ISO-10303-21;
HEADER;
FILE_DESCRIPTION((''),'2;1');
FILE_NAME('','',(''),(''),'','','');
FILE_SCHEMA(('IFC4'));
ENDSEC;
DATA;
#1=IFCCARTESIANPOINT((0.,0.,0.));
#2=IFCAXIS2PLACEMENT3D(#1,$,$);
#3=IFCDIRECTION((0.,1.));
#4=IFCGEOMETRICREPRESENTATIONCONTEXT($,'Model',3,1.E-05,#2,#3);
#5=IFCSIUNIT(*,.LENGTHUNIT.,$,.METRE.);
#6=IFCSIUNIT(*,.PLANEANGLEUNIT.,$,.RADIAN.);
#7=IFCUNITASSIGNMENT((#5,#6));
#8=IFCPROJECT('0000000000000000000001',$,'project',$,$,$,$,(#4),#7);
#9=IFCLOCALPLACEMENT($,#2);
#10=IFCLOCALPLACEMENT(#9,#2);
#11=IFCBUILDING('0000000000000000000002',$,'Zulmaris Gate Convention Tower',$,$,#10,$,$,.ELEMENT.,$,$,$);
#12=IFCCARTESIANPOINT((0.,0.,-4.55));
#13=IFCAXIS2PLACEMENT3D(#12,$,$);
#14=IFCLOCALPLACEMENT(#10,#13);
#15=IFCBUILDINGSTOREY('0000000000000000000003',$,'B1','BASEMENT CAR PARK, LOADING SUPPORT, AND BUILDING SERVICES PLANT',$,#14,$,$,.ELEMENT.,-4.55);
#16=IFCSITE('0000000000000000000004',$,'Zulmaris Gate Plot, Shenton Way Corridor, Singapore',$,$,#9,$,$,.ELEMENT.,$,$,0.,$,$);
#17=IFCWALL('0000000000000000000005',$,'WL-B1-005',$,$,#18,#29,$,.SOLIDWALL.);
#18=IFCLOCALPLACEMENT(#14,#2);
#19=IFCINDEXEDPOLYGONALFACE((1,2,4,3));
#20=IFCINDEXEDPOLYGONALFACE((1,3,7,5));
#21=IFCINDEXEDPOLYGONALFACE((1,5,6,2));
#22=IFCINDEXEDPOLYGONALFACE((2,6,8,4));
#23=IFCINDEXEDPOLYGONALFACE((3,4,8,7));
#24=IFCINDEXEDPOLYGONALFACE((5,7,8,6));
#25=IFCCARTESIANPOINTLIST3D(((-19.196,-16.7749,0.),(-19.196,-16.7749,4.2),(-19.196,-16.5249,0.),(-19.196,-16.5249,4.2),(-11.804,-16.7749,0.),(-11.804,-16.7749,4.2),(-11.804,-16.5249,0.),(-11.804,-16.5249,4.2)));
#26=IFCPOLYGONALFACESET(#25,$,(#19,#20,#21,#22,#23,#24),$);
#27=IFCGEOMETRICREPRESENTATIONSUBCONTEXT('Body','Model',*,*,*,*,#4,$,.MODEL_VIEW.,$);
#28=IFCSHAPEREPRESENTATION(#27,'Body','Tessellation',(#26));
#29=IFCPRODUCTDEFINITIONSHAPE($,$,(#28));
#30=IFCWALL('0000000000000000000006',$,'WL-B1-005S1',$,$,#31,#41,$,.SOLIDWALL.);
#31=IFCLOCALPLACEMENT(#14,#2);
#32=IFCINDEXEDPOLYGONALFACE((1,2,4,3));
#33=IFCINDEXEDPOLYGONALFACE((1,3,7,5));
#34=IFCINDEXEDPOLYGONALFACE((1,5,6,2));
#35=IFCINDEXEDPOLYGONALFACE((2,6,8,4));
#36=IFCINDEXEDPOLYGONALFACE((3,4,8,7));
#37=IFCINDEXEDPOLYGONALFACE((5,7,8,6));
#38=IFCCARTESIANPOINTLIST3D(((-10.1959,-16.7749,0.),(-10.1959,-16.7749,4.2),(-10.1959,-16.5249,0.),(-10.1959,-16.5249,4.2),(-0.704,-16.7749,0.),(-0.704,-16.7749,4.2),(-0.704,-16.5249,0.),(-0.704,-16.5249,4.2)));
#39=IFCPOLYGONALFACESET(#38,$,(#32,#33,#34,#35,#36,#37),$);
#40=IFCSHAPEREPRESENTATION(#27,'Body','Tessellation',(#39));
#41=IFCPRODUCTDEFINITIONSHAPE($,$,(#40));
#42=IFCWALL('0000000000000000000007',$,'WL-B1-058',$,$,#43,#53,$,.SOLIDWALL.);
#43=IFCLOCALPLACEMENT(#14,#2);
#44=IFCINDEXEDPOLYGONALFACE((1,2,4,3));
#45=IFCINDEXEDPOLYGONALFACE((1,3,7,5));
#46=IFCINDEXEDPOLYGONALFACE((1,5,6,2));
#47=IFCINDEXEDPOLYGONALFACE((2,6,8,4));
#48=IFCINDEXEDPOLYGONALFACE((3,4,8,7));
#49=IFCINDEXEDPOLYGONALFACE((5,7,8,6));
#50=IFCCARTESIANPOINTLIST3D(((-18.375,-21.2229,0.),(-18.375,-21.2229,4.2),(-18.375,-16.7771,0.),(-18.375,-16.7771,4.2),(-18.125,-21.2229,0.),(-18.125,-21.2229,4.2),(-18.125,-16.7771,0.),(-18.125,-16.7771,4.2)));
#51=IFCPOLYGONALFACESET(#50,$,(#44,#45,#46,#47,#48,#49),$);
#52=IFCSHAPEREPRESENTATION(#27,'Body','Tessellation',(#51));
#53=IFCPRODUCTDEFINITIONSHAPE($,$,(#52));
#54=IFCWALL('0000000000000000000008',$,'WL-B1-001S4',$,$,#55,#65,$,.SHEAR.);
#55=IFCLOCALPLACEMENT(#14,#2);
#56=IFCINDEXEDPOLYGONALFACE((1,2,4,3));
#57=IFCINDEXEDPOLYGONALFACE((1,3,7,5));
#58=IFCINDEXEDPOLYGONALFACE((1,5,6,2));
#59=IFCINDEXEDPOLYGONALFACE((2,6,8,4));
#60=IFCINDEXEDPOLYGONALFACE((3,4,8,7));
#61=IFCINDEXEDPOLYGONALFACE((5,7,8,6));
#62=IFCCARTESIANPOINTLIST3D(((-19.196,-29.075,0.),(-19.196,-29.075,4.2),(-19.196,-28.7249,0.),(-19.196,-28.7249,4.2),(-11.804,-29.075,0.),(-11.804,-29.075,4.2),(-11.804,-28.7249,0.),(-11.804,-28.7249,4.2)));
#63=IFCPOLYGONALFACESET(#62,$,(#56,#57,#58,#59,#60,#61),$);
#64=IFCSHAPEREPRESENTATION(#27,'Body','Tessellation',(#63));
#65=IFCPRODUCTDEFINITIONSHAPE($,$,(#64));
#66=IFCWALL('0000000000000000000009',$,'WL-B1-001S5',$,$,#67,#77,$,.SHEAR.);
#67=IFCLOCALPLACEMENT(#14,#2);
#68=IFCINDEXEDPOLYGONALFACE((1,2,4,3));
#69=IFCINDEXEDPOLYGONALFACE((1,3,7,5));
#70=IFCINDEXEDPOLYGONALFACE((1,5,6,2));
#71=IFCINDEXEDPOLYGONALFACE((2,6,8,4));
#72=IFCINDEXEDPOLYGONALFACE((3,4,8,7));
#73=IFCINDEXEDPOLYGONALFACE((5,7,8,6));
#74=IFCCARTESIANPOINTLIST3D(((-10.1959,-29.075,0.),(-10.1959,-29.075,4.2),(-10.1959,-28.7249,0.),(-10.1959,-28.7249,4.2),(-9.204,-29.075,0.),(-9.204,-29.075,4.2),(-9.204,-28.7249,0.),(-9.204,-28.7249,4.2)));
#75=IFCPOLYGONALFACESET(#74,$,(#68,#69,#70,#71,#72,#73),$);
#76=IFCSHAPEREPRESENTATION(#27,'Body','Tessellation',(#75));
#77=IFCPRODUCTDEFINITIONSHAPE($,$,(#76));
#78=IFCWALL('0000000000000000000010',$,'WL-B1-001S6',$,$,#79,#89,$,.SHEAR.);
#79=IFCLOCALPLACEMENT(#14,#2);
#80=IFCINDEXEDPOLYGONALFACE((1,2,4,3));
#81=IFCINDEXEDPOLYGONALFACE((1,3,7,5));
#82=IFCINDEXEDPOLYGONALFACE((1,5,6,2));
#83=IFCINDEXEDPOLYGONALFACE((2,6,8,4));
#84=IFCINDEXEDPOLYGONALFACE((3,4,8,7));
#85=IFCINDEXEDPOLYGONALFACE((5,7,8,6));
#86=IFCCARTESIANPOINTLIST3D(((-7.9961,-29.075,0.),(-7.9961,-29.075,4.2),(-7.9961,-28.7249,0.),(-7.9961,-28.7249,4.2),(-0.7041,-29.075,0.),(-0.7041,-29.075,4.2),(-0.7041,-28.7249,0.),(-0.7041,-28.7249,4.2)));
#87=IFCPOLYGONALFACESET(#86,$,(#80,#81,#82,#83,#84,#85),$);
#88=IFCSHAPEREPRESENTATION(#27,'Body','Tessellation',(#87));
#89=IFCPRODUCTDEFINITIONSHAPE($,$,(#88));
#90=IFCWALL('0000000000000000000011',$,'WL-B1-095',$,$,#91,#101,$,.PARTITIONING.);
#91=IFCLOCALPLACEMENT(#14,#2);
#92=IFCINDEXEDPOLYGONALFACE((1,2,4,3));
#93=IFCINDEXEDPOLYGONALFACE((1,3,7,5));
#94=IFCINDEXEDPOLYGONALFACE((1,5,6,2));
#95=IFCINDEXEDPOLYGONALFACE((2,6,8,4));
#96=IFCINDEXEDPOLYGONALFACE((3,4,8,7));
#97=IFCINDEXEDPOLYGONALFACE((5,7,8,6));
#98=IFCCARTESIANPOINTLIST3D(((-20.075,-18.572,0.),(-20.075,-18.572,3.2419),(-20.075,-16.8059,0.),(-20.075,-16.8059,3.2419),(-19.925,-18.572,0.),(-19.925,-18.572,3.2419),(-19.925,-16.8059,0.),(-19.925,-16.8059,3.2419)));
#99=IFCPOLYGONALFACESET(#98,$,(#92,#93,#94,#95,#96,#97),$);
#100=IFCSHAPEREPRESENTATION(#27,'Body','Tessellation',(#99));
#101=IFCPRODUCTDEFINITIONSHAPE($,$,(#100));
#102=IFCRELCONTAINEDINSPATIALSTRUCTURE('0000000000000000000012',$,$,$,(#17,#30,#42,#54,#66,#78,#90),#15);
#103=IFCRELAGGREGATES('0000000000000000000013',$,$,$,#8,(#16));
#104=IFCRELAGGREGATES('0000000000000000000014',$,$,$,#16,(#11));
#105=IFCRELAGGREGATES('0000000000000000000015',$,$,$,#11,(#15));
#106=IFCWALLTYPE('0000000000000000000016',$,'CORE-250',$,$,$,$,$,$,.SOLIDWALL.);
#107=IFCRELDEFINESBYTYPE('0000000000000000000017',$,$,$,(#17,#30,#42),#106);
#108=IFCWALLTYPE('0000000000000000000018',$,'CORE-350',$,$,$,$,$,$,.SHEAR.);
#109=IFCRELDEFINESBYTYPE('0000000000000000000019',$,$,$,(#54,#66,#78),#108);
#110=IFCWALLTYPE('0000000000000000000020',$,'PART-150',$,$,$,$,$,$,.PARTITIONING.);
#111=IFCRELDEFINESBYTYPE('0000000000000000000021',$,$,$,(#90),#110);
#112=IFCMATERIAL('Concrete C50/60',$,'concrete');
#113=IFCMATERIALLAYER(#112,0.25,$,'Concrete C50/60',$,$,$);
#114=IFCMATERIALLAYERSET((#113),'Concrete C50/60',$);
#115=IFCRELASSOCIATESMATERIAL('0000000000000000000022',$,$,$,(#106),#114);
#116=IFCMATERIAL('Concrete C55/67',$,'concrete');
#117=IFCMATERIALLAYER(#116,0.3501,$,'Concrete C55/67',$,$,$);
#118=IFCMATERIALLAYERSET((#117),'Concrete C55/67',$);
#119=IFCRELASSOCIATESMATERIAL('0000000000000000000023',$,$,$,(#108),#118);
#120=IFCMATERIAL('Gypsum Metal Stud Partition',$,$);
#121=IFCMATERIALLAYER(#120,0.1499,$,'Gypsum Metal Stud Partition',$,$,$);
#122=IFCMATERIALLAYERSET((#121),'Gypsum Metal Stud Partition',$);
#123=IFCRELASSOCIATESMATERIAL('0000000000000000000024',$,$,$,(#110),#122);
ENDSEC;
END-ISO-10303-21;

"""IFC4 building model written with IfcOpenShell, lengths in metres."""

from ifc_helpers import new_model, si_unit, direction, frame, frame_2d, origin, place, context, subcontext, project, spatial, rectangle, extrude, material, layer, layer_set, type_object, element, save


model = new_model("IFC4")

# Units and contexts
model_context = context("Model", 3, precision=1e-05, world=origin(), true_north=direction((0.0, 1.0)))
body_context = subcontext(model_context, "Body", "Model", "MODEL_VIEW")
ifc_project = project(units=[si_unit("LENGTHUNIT", "METRE"), si_unit("PLANEANGLEUNIT", "RADIAN")], contexts=[model_context])

# Site, building, storey
site_placement = place(None, origin())
site = spatial("IfcSite", under=ifc_project, at=site_placement, Name="Zulmaris Gate Plot, Shenton Way Corridor, Singapore", CompositionType="ELEMENT", RefElevation=0.0)
building_placement = place(site_placement, origin())
building = spatial("IfcBuilding", under=site, at=building_placement, Name="Zulmaris Gate Convention Tower", CompositionType="ELEMENT")
storey_placement = place(building_placement, frame((0.0, 0.0, -4.55)))
storey = spatial("IfcBuildingStorey", under=building, at=storey_placement, Name="B1", Description="BASEMENT CAR PARK, LOADING SUPPORT, AND BUILDING SERVICES PLANT", CompositionType="ELEMENT", Elevation=-4.55)

# Walls
ifc_material_1 = material(Name="Concrete C50/60", Category="concrete")
ifc_layer_1 = layer(ifc_material_1, 0.25, Name="Concrete C50/60")
ifc_layer_set_1 = layer_set([ifc_layer_1], Name="Concrete C50/60")
wall_type_1 = type_object("IfcWallType", Name="CORE-250", PredefinedType="SOLIDWALL", material=ifc_layer_set_1)
wall_1_placement = place(storey_placement, frame((-19.196, -16.6499, 0.0), z_axis=(0.0, 0.0, 1.0), x_axis=(1.0, 0.0, 0.0)))
element("IfcWall", 1, at=wall_1_placement, inside=storey, type_object=wall_type_1, Name="WL-B1-005", PredefinedType="SOLIDWALL", context=body_context, shape_type="SweptSolid", body=[
    extrude(rectangle(XDim=7.3921, YDim=0.25, at=frame_2d((3.696, 0.0))), origin(), (0.0, 0.0, 1.0), 4.2),
])
wall_2_placement = place(storey_placement, frame((-10.196, -16.6499, 0.0), z_axis=(0.0, 0.0, 1.0), x_axis=(1.0, 0.0, 0.0)))
element("IfcWall", 2, at=wall_2_placement, inside=storey, type_object=wall_type_1, Name="WL-B1-005S1", PredefinedType="SOLIDWALL", context=body_context, shape_type="SweptSolid", body=[
    extrude(rectangle(XDim=9.4919, YDim=0.25, at=frame_2d((4.7461, 0.0))), origin(), (0.0, 0.0, 1.0), 4.2),
])
wall_3_placement = place(storey_placement, frame((-18.25, -21.2229, 0.0), z_axis=(0.0, 0.0, 1.0), x_axis=(0.0, 1.0, 0.0)))
element("IfcWall", 3, at=wall_3_placement, inside=storey, type_object=wall_type_1, Name="WL-B1-058", PredefinedType="SOLIDWALL", context=body_context, shape_type="SweptSolid", body=[
    extrude(rectangle(XDim=4.4458, YDim=0.25, at=frame_2d((2.2229, 0.0))), origin(), (0.0, 0.0, 1.0), 4.2),
])
ifc_material_2 = material(Name="Concrete C55/67", Category="concrete")
ifc_layer_2 = layer(ifc_material_2, 0.3501, Name="Concrete C55/67")
ifc_layer_set_2 = layer_set([ifc_layer_2], Name="Concrete C55/67")
wall_type_2 = type_object("IfcWallType", Name="CORE-350", PredefinedType="SHEAR", material=ifc_layer_set_2)
wall_4_placement = place(storey_placement, frame((-19.196, -28.8999, 0.0), z_axis=(0.0, 0.0, 1.0), x_axis=(1.0, 0.0, 0.0)))
element("IfcWall", 4, at=wall_4_placement, inside=storey, type_object=wall_type_2, Name="WL-B1-001S4", PredefinedType="SHEAR", context=body_context, shape_type="SweptSolid", body=[
    extrude(rectangle(XDim=7.3921, YDim=0.3501, at=frame_2d((3.696, 0.0))), origin(), (0.0, 0.0, 1.0), 4.2),
])
wall_5_placement = place(storey_placement, frame((-10.196, -28.8999, 0.0), z_axis=(0.0, 0.0, 1.0), x_axis=(1.0, 0.0, 0.0)))
element("IfcWall", 5, at=wall_5_placement, inside=storey, type_object=wall_type_2, Name="WL-B1-001S5", PredefinedType="SHEAR", context=body_context, shape_type="SweptSolid", body=[
    extrude(rectangle(XDim=0.9919, YDim=0.3501, at=frame_2d((0.4961, 0.0))), origin(), (0.0, 0.0, 1.0), 4.2),
])
wall_6_placement = place(storey_placement, frame((-7.9961, -28.8999, 0.0), z_axis=(0.0, 0.0, 1.0), x_axis=(1.0, 0.0, 0.0)))
element("IfcWall", 6, at=wall_6_placement, inside=storey, type_object=wall_type_2, Name="WL-B1-001S6", PredefinedType="SHEAR", context=body_context, shape_type="SweptSolid", body=[
    extrude(rectangle(XDim=7.292, YDim=0.3501, at=frame_2d((3.646, 0.0))), origin(), (0.0, 0.0, 1.0), 4.2),
])
ifc_material_3 = material(Name="Gypsum Metal Stud Partition")
ifc_layer_3 = layer(ifc_material_3, 0.1499, Name="Gypsum Metal Stud Partition")
ifc_layer_set_3 = layer_set([ifc_layer_3], Name="Gypsum Metal Stud Partition")
wall_type_3 = type_object("IfcWallType", Name="PART-150", PredefinedType="PARTITIONING", material=ifc_layer_set_3)
wall_7_placement = place(storey_placement, frame((-20.0, -18.572, 0.0), z_axis=(0.0, 0.0, 1.0), x_axis=(0.0, 1.0, 0.0)))
element("IfcWall", 7, at=wall_7_placement, inside=storey, type_object=wall_type_3, Name="WL-B1-095", PredefinedType="PARTITIONING", context=body_context, shape_type="SweptSolid", body=[
    extrude(rectangle(XDim=1.7661, YDim=0.1499, at=frame_2d((0.8831, 0.0))), origin(), (0.0, 0.0, 1.0), 3.2419),
])

save(model, "model.ifc")
